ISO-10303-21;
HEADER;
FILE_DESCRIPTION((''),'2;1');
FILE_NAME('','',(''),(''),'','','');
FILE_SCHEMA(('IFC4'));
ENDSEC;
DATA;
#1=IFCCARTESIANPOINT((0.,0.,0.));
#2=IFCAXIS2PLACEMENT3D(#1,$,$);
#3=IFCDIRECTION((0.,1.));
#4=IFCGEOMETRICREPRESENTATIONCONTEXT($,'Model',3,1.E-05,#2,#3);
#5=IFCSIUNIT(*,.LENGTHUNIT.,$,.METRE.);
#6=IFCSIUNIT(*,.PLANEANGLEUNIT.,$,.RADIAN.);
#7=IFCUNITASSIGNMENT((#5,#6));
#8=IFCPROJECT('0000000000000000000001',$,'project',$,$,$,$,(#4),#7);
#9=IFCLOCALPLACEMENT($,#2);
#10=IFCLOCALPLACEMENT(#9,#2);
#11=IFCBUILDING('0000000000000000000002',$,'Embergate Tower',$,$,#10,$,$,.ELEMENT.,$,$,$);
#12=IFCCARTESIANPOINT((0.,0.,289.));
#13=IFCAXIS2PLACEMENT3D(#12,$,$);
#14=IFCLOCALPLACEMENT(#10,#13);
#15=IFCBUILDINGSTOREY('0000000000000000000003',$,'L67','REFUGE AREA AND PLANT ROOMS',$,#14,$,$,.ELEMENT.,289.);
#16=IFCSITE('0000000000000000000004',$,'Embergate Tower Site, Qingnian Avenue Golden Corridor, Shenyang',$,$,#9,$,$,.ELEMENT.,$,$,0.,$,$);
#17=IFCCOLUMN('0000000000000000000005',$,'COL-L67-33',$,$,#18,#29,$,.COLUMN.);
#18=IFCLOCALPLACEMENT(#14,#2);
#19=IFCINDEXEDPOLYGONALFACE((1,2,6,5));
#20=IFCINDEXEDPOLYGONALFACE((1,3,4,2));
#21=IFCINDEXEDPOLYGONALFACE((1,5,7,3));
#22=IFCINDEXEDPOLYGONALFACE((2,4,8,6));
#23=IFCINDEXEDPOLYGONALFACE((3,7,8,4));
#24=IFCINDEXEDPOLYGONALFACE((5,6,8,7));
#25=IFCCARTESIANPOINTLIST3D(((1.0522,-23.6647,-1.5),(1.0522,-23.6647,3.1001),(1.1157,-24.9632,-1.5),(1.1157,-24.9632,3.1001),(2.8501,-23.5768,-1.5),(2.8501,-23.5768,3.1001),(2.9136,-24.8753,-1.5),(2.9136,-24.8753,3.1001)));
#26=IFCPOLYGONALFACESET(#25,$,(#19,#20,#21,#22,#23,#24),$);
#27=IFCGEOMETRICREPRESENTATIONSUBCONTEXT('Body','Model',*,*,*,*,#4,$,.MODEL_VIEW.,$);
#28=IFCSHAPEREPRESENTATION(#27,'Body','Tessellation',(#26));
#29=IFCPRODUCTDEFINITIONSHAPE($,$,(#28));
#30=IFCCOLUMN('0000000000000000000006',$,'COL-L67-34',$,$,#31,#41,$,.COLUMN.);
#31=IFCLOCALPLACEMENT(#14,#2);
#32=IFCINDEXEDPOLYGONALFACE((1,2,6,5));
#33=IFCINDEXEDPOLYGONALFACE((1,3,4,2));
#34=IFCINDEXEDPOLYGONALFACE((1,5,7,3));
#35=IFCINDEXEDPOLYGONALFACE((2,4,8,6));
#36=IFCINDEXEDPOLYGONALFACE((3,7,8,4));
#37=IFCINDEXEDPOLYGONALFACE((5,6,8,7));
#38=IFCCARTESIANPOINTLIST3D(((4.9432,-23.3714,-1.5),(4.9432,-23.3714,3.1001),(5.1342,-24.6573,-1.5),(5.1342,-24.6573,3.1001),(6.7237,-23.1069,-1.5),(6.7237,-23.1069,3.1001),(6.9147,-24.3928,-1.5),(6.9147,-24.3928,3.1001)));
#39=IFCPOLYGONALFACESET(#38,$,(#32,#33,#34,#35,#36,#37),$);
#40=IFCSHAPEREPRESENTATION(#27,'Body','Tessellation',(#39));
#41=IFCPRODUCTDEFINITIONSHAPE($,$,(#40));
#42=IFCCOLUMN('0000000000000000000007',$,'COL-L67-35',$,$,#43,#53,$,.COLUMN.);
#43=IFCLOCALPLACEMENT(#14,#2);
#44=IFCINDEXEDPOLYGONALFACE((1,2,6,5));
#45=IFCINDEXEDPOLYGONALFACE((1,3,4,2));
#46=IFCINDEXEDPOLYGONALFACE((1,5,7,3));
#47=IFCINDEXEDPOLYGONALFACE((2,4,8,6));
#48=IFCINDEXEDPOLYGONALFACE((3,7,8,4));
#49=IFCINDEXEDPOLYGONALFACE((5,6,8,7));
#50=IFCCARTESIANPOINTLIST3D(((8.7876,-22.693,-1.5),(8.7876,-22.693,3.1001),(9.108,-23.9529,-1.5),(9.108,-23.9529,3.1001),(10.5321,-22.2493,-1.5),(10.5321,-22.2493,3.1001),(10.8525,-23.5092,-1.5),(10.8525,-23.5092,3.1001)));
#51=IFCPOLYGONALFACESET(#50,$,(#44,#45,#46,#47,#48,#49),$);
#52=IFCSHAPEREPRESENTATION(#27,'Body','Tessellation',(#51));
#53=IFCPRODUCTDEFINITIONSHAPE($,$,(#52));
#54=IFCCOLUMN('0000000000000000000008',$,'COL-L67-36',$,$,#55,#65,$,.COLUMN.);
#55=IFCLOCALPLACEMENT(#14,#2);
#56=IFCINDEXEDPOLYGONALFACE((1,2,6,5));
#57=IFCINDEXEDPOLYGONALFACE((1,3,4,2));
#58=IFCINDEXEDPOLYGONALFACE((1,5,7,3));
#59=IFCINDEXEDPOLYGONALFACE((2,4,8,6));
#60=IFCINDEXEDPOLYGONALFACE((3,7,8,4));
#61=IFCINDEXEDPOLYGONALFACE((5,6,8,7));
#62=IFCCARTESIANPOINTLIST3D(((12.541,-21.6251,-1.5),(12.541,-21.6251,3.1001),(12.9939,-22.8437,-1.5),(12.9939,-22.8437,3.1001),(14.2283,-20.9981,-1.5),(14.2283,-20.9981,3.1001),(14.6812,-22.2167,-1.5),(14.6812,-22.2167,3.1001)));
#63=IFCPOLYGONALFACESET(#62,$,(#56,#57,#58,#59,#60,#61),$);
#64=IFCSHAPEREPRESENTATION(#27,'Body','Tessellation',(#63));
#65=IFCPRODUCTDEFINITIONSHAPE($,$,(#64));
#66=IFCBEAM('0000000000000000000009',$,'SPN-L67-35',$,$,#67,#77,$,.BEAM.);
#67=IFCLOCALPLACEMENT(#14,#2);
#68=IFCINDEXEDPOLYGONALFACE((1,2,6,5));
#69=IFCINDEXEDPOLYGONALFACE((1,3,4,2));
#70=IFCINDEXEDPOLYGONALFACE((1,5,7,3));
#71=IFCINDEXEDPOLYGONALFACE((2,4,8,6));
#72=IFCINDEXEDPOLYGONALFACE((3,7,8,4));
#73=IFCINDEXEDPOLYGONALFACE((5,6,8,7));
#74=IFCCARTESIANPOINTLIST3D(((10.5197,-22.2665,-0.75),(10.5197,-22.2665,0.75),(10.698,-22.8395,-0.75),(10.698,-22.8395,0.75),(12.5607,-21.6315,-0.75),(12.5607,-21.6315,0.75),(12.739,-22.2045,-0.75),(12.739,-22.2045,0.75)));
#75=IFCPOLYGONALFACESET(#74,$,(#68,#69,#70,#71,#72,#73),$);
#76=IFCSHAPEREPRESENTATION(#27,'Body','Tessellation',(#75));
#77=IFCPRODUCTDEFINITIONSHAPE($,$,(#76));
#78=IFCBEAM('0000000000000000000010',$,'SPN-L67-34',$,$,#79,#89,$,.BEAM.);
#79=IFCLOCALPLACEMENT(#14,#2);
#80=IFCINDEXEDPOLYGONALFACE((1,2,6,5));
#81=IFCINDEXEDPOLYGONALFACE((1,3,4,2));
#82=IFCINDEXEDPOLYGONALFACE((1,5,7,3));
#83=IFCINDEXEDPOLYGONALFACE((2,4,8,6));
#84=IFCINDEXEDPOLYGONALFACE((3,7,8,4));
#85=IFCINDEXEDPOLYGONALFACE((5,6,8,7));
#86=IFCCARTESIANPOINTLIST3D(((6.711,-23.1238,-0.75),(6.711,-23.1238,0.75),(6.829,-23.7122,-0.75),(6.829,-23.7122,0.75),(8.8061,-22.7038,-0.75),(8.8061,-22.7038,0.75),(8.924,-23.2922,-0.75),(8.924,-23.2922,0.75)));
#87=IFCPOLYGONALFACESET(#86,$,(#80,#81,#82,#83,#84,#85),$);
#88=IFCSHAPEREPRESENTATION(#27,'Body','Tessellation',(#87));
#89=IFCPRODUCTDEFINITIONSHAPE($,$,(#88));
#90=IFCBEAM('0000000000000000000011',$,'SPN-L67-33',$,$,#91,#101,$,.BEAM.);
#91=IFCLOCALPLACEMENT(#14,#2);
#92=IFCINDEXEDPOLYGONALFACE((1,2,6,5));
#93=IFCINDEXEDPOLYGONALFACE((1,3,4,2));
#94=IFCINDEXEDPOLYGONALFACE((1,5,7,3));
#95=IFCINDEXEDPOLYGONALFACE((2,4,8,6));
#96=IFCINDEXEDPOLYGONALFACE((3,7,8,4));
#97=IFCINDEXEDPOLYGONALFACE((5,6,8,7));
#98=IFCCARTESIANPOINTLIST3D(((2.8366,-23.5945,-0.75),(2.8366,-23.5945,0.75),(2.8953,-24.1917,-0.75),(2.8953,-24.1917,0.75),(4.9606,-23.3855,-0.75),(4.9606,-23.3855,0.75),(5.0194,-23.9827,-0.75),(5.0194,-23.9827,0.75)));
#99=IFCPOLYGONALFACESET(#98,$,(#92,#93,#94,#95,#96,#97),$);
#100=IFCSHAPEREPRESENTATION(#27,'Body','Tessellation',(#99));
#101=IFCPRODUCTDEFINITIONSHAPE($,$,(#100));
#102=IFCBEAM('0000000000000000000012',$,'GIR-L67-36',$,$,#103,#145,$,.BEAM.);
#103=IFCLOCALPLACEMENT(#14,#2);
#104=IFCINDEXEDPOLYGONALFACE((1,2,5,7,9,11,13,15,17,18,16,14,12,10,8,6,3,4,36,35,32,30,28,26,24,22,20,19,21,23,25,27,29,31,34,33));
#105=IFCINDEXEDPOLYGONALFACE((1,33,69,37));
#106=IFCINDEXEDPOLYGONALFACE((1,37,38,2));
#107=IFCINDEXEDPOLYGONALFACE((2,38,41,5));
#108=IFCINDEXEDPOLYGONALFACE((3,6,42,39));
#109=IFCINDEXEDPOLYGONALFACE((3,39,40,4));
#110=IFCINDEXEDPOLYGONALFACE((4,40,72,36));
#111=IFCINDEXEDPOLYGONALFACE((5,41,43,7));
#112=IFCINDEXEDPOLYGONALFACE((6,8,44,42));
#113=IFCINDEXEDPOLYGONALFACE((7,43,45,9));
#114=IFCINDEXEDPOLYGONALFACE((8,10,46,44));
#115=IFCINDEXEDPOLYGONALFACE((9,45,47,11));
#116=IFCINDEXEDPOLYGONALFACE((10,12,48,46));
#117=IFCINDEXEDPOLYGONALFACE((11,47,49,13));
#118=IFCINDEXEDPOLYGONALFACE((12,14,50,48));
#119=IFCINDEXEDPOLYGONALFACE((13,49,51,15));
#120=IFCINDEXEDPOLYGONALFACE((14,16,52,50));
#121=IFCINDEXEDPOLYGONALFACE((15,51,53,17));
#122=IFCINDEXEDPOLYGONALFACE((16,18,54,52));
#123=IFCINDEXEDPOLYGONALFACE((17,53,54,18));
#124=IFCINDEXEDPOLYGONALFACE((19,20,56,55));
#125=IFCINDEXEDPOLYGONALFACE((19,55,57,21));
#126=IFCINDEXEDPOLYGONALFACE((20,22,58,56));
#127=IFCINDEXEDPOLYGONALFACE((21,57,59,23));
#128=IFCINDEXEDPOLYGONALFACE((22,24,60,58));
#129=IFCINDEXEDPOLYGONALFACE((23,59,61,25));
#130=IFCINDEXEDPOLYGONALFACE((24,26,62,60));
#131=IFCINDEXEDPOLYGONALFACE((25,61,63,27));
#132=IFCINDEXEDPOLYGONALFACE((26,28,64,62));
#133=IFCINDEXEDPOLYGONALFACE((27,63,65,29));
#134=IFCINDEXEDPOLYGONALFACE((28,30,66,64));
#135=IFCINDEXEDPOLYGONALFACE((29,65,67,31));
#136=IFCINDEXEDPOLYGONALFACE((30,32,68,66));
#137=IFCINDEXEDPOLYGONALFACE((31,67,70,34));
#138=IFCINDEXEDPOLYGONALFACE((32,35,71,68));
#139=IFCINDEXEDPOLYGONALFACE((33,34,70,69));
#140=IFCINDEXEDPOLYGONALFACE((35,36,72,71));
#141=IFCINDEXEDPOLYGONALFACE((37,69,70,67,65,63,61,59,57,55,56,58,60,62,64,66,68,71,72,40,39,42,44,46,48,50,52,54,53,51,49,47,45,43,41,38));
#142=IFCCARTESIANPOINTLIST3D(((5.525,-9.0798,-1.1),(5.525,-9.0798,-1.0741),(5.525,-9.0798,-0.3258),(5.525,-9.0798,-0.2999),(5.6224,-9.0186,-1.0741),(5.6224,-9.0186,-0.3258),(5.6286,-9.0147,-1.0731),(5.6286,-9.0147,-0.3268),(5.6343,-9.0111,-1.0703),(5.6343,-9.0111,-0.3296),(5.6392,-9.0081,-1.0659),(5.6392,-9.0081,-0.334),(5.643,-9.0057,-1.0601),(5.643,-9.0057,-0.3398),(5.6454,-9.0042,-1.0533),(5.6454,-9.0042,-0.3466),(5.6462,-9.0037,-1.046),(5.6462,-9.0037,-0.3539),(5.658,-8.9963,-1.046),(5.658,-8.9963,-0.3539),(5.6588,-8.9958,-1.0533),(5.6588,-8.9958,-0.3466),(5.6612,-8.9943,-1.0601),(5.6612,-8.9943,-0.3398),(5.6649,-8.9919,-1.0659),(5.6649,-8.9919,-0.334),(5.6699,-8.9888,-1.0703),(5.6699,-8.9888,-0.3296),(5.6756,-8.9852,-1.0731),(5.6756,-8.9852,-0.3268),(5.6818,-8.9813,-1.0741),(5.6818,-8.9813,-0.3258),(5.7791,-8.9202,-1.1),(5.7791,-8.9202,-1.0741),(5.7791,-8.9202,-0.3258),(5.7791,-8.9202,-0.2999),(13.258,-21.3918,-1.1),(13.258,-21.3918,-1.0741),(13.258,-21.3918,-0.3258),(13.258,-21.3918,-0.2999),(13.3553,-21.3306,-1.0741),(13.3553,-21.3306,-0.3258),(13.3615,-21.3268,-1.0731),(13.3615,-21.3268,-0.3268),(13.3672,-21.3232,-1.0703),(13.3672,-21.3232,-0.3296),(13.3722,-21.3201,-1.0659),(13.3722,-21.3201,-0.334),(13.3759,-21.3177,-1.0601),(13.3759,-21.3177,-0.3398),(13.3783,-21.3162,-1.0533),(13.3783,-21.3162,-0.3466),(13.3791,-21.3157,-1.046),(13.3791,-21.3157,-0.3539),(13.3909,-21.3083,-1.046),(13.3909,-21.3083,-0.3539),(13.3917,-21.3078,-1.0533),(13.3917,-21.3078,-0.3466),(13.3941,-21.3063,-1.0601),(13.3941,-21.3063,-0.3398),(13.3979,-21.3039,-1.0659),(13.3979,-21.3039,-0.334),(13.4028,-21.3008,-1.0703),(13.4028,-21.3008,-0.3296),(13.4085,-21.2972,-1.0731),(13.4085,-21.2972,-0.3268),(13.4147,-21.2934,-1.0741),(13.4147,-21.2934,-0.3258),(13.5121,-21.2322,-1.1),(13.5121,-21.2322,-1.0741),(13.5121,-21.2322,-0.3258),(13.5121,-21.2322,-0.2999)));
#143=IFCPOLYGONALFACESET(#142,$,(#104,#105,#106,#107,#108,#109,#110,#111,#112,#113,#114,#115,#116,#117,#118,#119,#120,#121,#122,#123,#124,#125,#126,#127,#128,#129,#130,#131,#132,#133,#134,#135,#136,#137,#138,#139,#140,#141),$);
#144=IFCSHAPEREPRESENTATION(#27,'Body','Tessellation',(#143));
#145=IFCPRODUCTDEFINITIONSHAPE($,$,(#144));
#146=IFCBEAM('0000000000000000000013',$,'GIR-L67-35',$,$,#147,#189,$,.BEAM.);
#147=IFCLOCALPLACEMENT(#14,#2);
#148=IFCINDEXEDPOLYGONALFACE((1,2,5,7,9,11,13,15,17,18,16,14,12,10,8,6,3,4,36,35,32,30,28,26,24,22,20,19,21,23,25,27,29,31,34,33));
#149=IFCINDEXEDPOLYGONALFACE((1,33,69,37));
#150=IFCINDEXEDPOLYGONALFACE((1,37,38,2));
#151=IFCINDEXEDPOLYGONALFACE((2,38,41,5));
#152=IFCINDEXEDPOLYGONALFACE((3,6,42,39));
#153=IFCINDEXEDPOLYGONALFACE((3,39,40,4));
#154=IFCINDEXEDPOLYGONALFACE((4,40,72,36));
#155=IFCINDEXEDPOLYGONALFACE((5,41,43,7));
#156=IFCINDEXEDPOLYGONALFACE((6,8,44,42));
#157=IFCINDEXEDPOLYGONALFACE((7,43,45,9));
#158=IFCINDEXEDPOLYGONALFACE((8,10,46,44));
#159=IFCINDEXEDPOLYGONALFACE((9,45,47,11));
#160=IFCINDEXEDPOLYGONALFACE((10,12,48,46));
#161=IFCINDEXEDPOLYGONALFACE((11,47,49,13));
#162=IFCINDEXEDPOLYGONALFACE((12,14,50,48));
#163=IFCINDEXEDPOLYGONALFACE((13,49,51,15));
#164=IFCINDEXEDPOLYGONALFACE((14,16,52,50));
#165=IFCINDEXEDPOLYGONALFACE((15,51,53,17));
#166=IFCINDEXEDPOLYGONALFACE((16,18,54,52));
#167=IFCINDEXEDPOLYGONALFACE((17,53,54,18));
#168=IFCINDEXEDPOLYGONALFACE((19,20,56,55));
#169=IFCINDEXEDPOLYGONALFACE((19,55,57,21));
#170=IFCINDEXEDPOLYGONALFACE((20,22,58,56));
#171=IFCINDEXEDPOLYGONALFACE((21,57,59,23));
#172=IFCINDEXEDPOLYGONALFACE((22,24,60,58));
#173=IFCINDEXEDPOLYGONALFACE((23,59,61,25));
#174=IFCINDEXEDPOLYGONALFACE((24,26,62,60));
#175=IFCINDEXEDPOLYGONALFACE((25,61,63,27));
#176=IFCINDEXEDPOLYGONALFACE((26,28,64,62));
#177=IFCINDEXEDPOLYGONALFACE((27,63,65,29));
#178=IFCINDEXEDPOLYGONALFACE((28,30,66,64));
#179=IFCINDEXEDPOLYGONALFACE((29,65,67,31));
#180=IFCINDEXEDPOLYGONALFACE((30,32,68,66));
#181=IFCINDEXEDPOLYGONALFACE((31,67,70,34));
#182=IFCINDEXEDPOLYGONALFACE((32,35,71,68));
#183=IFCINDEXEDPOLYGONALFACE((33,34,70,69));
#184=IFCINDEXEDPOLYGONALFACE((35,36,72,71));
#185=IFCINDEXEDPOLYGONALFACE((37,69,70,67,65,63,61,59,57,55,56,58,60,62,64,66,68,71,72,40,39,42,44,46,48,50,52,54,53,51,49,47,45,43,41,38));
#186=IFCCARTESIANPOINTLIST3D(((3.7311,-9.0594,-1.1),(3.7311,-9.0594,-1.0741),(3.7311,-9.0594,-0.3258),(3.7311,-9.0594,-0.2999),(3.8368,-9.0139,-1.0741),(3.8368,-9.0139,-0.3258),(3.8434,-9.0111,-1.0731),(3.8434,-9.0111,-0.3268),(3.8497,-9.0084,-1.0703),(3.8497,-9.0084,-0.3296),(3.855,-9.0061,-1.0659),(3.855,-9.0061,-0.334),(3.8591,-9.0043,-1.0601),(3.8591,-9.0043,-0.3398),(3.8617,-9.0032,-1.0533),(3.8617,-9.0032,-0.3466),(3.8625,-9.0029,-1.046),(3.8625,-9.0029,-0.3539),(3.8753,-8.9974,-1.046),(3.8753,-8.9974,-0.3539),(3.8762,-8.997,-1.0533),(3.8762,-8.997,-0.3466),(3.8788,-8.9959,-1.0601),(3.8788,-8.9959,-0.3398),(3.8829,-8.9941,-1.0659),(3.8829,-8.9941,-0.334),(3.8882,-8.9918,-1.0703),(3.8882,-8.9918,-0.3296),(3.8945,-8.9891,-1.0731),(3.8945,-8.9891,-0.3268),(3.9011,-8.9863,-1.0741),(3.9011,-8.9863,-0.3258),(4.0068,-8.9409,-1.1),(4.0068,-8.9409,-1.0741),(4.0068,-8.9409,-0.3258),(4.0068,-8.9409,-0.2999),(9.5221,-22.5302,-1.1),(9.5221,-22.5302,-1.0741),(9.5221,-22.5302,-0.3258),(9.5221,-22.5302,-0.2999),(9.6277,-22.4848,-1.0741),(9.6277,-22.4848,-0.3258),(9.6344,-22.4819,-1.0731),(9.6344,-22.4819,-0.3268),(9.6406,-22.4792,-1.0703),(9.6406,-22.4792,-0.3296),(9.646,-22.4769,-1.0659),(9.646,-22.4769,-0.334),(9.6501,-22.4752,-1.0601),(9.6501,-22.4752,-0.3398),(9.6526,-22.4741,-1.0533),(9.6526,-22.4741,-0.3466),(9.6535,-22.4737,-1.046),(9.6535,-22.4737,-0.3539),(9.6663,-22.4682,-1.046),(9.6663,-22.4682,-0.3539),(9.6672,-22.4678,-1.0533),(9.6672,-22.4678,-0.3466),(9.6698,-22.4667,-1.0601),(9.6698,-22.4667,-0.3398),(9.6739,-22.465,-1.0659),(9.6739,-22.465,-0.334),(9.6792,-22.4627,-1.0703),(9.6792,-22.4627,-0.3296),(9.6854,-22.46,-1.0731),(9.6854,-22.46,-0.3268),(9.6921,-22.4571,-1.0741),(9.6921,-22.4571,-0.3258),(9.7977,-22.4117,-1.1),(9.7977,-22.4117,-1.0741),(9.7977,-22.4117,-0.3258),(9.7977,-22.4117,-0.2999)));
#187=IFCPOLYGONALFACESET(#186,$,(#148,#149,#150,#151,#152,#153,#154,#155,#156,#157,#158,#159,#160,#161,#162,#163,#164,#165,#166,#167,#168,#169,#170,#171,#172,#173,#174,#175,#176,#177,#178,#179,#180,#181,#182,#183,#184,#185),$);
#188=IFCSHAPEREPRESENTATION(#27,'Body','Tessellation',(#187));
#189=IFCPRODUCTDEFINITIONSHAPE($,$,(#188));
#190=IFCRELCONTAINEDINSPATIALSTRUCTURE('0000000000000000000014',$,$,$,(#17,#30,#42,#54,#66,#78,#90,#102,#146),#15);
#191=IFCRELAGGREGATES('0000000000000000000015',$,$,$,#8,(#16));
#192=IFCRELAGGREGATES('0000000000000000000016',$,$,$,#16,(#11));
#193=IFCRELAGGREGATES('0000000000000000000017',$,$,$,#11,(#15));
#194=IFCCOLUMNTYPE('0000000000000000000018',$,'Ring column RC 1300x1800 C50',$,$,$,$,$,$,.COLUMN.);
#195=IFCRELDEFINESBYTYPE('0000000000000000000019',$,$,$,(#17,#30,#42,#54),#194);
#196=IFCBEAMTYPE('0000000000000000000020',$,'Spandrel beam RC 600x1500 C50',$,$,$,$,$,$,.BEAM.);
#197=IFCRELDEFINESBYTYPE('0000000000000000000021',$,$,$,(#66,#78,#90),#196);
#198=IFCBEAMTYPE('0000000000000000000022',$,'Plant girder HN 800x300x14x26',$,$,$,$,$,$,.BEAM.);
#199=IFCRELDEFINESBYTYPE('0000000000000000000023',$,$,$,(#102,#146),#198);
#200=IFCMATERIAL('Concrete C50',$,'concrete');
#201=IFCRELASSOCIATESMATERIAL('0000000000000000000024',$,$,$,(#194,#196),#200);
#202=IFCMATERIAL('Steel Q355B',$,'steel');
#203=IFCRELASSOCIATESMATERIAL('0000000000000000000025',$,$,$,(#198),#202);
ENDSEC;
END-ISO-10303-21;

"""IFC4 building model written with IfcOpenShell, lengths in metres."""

from ifc_helpers import new_model, si_unit, direction, frame, origin, origin_2d, place, context, subcontext, project, spatial, rectangle, i_section, extrude, source, transform, mapped, material, material_profile, profile_set, type_object, element, save


model = new_model("IFC4")

# Units and contexts
model_context = context("Model", 3, precision=1e-05, world=origin(), true_north=direction((0.0, 1.0)))
body_context = subcontext(model_context, "Body", "Model", "MODEL_VIEW")
ifc_project = project(units=[si_unit("LENGTHUNIT", "METRE"), si_unit("PLANEANGLEUNIT", "RADIAN")], contexts=[model_context])

# Site, building, storey
site_placement = place(None, origin())
site = spatial("IfcSite", under=ifc_project, at=site_placement, Name="Embergate Tower Site, Qingnian Avenue Golden Corridor, Shenyang", CompositionType="ELEMENT", RefElevation=0.0)
building_placement = place(site_placement, origin())
building = spatial("IfcBuilding", under=site, at=building_placement, Name="Embergate Tower", CompositionType="ELEMENT")
storey_placement = place(building_placement, frame((0.0, 0.0, 289.0)))
storey = spatial("IfcBuildingStorey", under=building, at=storey_placement, Name="L67", Description="REFUGE AREA AND PLANT ROOMS", CompositionType="ELEMENT", Elevation=289.0)

# Columns
ifc_material_1 = material(Name="Concrete C50", Category="concrete")
ifc_material_profile_1 = material_profile(ifc_material_1, rectangle(XDim=1.3, YDim=1.8, at=origin_2d()), Name="RC 1300x1800")
ifc_profile_set_1 = profile_set([ifc_material_profile_1], Name="Concrete C50")
column_type = type_object("IfcColumnType", Name="Ring column RC 1300x1800 C50", PredefinedType="COLUMN", material=ifc_profile_set_1)
shared_shape_1 = source(origin(), body_context, "Body", "SweptSolid", [
    extrude(rectangle(XDim=1.3, YDim=1.8, at=origin_2d()), origin(), (0.0, 0.0, 1.0), 4.6001),
])
for number, where, z_axis, x_axis, name in (
    (1, (1.9829, -24.27, -1.5), (0.0, 0.0, 1.0), (0.048815, -0.998808, 0.0), "COL-L67-33"),
    (2, (5.929, -23.8821, -1.5), (0.0, 0.0, 1.0), (0.146929, -0.989147, 0.0), "COL-L67-34"),
    (3, (9.8201, -23.1011, -1.5), (0.0, 0.0, 1.0), (0.246492, -0.969145, 0.0), "COL-L67-35"),
    (4, (13.6111, -21.9209, -1.5), (0.0, 0.0, 1.0), (0.348343, -0.937367, 0.0), "COL-L67-36"),
):
    element("IfcColumn", number, at=place(storey_placement, frame(where, z_axis=z_axis, x_axis=x_axis)), inside=storey, type_object=column_type, Name=name, PredefinedType="COLUMN", context=body_context, shape_type="MappedRepresentation", body=[
        mapped(shared_shape_1, transform((0.0, 0.0, 0.0))),
    ])

# Beams
ifc_material_profile_2 = material_profile(ifc_material_1, rectangle(XDim=0.6001, YDim=1.5, at=origin_2d()), Name="RC 600x1500")
ifc_profile_set_2 = profile_set([ifc_material_profile_2], Name="Concrete C50")
beam_type_1 = type_object("IfcBeamType", Name="Spandrel beam RC 600x1500 C50", PredefinedType="BEAM", material=ifc_profile_set_2)
shared_shape_2 = source(origin(), body_context, "Body", "SweptSolid", [
    extrude(rectangle(XDim=0.6001, YDim=1.5, at=origin_2d()), origin(), (0.0, 0.0, 1.0), 2.1375),
])
beam_1_placement = place(storey_placement, frame((10.6089, -22.553, 0.0), z_axis=(0.954853, 0.297078, 0.0), x_axis=(-0.297078, 0.954853, 0.0)))
element("IfcBeam", 5, at=beam_1_placement, inside=storey, type_object=beam_type_1, Name="SPN-L67-35", PredefinedType="BEAM", context=body_context, shape_type="MappedRepresentation", body=[
    mapped(shared_shape_2, transform((0.0, 0.0, 0.0))),
])
shared_shape_3 = source(origin(), body_context, "Body", "SweptSolid", [
    extrude(rectangle(XDim=0.6001, YDim=1.5, at=origin_2d()), origin(), (0.0, 0.0, 1.0), 2.1367),
])
beam_2_placement = place(storey_placement, frame((6.77, -23.418, 0.0), z_axis=(0.980497, 0.196534, 0.0), x_axis=(-0.196534, 0.980497, 0.0)))
element("IfcBeam", 6, at=beam_2_placement, inside=storey, type_object=beam_type_1, Name="SPN-L67-34", PredefinedType="BEAM", context=body_context, shape_type="MappedRepresentation", body=[
    mapped(shared_shape_3, transform((0.0, 0.0, 0.0))),
])
shared_shape_4 = source(origin(), body_context, "Body", "SweptSolid", [
    extrude(rectangle(XDim=0.6001, YDim=1.5, at=origin_2d()), origin(), (0.0, 0.0, 1.0), 2.1343),
])
beam_3_placement = place(storey_placement, frame((2.866, -23.8931, 0.0), z_axis=(0.995194, 0.097918, 0.0), x_axis=(-0.097918, 0.995194, 0.0)))
element("IfcBeam", 7, at=beam_3_placement, inside=storey, type_object=beam_type_1, Name="SPN-L67-33", PredefinedType="BEAM", context=body_context, shape_type="MappedRepresentation", body=[
    mapped(shared_shape_4, transform((0.0, 0.0, 0.0))),
])
ifc_material_2 = material(Name="Steel Q355B", Category="steel")
ifc_material_profile_3 = material_profile(ifc_material_2, i_section(OverallWidth=0.3, OverallDepth=0.8, WebThickness=0.0139, FlangeThickness=0.0259, FilletRadius=0.0281, at=origin_2d()), Name="HN 800x300x14x26")
ifc_profile_set_3 = profile_set([ifc_material_profile_3], Name="Steel Q355 grade B")
beam_type_2 = type_object("IfcBeamType", Name="Plant girder HN 800x300x14x26", PredefinedType="BEAM", material=ifc_profile_set_3)
shared_shape_5 = source(origin(), body_context, "Body", "SweptSolid", [
    extrude(i_section(OverallWidth=0.3, OverallDepth=0.8, WebThickness=0.0139, FlangeThickness=0.0259, FilletRadius=0.0281, at=origin_2d()), origin(), (0.0, 0.0, 1.0), 14.5391),
])
beam_4_placement = place(storey_placement, frame((13.385, -21.312, -0.7), z_axis=(-0.531872, 0.846825, 0.0), x_axis=(-0.846825, -0.531872, 0.0)))
element("IfcBeam", 8, at=beam_4_placement, inside=storey, type_object=beam_type_2, Name="GIR-L67-36", PredefinedType="BEAM", context=body_context, shape_type="MappedRepresentation", body=[
    mapped(shared_shape_5, transform((0.0, 0.0, 0.0))),
])
shared_shape_6 = source(origin(), body_context, "Body", "SweptSolid", [
    extrude(i_section(OverallWidth=0.3, OverallDepth=0.8, WebThickness=0.0139, FlangeThickness=0.0259, FilletRadius=0.0281, at=origin_2d()), origin(), (0.0, 0.0, 1.0), 14.6628),
])
beam_5_placement = place(storey_placement, frame((9.6599, -22.4709, -0.7), z_axis=(-0.394942, 0.918706, 0.0), x_axis=(-0.918706, -0.394942, 0.0)))
element("IfcBeam", 9, at=beam_5_placement, inside=storey, type_object=beam_type_2, Name="GIR-L67-35", PredefinedType="BEAM", context=body_context, shape_type="MappedRepresentation", body=[
    mapped(shared_shape_6, transform((0.0, 0.0, 0.0))),
])

save(model, "model.ifc")
